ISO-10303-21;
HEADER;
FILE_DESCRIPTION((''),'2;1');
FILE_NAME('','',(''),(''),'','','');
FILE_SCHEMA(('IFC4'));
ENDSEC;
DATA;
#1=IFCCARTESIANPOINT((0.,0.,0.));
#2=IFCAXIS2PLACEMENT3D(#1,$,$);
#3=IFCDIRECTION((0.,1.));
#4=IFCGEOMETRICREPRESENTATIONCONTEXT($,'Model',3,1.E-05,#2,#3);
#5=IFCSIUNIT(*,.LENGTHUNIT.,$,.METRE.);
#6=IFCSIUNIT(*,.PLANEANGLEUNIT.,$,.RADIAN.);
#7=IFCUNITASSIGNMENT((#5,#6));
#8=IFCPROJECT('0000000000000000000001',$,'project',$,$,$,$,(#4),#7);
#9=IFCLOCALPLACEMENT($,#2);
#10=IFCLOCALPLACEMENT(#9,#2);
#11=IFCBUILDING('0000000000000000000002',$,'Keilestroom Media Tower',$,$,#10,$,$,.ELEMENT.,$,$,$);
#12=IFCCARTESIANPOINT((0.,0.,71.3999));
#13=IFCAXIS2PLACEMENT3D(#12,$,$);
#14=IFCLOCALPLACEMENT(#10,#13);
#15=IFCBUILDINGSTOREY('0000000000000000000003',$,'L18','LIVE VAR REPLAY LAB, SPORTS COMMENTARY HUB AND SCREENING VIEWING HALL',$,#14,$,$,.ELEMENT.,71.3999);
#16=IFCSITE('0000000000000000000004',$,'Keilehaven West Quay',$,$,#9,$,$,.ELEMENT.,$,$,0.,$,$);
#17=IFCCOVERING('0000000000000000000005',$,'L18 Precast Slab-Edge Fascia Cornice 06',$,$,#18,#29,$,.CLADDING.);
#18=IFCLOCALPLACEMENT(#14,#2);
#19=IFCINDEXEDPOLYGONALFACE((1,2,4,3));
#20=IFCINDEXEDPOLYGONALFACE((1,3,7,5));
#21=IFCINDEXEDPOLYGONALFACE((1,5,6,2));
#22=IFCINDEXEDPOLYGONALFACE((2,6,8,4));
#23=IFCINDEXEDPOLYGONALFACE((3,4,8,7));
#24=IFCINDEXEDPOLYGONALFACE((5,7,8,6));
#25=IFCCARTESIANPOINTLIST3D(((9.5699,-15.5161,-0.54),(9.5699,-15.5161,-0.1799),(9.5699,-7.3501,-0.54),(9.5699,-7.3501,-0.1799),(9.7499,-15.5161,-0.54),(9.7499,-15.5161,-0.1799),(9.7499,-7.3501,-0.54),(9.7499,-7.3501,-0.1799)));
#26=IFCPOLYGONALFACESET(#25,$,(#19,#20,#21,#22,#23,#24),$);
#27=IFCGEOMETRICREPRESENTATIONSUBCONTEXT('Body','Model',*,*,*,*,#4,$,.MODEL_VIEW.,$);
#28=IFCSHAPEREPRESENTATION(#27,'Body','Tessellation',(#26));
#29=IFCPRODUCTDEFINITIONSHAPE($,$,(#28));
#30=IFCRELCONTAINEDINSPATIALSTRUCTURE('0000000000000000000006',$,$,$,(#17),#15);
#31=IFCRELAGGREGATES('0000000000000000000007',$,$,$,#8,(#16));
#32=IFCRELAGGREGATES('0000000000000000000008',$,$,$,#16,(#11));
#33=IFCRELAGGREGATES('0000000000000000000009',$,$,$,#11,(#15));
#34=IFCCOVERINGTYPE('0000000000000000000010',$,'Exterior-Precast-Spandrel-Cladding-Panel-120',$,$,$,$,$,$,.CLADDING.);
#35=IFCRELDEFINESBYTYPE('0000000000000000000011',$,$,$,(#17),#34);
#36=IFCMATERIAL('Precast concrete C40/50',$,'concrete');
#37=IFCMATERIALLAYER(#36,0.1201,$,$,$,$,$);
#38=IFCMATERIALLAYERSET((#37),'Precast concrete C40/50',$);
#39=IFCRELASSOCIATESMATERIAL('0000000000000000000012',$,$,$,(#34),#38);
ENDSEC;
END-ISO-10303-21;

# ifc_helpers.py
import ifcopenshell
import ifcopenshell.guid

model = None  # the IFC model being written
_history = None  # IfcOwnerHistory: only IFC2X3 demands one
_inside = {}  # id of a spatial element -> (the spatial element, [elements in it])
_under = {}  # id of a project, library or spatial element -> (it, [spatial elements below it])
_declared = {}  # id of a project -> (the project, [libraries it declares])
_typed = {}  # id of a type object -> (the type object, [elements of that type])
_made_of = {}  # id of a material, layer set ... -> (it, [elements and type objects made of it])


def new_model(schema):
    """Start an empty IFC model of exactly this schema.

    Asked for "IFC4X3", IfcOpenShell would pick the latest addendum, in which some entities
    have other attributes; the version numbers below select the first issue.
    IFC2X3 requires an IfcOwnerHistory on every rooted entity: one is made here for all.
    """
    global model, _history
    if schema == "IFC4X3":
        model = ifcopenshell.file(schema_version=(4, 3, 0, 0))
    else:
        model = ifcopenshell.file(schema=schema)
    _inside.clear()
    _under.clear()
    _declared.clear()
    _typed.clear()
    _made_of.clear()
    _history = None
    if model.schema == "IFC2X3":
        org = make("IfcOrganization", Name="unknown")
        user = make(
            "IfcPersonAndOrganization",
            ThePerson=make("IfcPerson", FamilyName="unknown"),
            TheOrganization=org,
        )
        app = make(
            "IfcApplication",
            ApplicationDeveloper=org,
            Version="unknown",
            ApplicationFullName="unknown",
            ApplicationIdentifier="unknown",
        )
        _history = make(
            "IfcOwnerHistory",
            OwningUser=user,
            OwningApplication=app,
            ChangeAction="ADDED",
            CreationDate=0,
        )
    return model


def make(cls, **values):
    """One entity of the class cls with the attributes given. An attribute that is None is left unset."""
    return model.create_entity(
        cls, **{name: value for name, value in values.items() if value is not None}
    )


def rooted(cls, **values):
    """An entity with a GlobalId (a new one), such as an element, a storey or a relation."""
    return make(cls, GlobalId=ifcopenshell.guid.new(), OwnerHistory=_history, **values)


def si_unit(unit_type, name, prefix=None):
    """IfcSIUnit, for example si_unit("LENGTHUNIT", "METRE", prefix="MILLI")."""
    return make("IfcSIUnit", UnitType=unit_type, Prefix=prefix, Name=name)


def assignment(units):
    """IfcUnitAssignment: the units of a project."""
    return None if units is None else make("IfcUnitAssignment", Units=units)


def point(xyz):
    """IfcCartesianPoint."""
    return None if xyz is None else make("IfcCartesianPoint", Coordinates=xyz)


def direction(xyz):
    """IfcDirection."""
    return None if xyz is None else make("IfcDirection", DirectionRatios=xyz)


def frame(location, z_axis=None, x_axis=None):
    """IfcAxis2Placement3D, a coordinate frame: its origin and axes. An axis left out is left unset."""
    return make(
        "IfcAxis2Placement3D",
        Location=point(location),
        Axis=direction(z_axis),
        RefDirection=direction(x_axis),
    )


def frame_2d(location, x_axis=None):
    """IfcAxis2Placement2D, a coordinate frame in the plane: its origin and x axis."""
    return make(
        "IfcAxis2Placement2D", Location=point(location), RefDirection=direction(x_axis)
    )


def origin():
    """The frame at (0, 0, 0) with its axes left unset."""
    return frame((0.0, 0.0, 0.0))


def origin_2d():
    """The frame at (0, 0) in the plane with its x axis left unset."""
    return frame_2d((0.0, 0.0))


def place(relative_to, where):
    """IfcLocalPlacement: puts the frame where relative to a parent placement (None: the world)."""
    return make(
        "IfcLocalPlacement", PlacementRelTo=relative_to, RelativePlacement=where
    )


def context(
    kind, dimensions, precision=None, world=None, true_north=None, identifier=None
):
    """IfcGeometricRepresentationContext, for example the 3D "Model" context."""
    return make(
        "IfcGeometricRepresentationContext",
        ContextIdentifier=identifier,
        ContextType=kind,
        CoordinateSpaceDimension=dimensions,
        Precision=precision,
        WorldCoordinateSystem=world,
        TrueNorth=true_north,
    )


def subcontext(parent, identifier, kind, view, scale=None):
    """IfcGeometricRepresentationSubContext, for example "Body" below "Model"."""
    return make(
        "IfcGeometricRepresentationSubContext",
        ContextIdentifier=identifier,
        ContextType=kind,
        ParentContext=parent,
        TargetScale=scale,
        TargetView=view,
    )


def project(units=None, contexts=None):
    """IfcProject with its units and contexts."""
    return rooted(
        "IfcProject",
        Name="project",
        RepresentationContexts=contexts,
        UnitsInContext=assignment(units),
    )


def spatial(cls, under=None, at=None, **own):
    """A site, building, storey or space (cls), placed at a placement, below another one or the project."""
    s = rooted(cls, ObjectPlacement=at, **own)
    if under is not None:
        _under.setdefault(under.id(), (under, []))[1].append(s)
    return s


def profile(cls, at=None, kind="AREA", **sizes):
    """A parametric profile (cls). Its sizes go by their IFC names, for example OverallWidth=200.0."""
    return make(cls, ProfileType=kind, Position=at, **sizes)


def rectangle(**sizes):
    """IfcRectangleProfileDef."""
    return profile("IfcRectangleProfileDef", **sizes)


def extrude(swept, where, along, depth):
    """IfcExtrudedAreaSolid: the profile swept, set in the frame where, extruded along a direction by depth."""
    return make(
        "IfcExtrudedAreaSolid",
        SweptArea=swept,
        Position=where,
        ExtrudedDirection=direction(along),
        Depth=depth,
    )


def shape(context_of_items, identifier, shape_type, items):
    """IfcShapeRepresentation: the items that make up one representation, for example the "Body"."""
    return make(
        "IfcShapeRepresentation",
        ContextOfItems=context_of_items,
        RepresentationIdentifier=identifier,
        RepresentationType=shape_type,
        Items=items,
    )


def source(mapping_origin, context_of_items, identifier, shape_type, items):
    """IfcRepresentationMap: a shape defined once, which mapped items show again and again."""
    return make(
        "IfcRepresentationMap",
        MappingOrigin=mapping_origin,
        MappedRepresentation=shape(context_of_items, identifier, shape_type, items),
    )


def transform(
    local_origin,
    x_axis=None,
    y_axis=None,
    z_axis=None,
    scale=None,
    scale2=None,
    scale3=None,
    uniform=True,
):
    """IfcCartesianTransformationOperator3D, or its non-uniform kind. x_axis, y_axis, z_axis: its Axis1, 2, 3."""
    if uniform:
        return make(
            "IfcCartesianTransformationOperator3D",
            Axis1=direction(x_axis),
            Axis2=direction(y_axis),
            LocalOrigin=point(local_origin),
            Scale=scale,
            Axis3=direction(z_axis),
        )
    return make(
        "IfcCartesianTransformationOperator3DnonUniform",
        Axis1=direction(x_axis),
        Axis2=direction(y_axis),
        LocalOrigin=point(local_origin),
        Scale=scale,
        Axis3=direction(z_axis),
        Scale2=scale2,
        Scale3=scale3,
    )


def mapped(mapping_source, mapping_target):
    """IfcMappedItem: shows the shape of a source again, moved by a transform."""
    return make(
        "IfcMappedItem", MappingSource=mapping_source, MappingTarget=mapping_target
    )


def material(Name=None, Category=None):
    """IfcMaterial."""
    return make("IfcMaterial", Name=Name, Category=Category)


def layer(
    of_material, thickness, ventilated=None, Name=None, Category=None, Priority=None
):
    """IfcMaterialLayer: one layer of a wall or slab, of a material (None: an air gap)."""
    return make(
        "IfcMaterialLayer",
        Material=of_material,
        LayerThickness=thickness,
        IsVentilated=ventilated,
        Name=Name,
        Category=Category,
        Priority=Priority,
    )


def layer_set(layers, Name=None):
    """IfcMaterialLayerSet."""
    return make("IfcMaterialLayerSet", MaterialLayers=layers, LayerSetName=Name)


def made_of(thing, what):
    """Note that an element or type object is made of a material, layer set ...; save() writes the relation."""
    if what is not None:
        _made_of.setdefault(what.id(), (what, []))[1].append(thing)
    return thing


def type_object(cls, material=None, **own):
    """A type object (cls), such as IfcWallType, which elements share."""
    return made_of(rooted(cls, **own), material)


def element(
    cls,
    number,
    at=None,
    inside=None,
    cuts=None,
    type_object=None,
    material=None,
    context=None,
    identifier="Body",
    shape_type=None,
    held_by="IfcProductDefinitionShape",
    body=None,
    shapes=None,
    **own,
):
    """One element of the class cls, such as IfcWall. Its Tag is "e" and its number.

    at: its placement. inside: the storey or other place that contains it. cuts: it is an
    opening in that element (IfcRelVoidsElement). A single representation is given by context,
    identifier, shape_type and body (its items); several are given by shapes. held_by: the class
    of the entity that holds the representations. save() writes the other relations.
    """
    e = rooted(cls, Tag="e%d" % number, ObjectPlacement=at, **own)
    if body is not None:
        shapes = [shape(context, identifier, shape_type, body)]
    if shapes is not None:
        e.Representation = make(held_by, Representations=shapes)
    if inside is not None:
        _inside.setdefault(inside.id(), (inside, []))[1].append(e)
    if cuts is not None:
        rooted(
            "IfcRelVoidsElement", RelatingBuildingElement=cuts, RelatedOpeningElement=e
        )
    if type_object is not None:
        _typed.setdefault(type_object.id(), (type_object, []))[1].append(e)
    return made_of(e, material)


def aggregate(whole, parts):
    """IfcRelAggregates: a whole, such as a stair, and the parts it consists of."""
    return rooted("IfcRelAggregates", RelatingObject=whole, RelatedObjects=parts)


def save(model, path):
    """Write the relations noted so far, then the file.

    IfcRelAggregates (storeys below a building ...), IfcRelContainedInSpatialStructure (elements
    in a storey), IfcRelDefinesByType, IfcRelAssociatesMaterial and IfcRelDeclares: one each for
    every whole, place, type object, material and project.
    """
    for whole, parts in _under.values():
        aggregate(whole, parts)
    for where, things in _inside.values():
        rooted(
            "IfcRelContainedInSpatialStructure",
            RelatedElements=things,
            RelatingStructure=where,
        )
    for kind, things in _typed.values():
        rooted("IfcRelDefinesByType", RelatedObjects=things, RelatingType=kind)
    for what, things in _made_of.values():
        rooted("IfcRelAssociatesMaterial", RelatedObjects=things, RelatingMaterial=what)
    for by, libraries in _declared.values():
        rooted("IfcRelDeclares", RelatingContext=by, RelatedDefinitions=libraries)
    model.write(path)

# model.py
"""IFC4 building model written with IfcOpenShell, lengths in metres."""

from ifc_helpers import new_model, si_unit, direction, frame, origin, origin_2d, place, context, subcontext, project, spatial, rectangle, extrude, source, transform, mapped, material, layer, layer_set, type_object, element, save


model = new_model("IFC4")

# Units and contexts
model_context = context("Model", 3, precision=1e-05, world=origin(), true_north=direction((0.0, 1.0)))
body_context = subcontext(model_context, "Body", "Model", "MODEL_VIEW")
ifc_project = project(units=[si_unit("LENGTHUNIT", "METRE"), si_unit("PLANEANGLEUNIT", "RADIAN")], contexts=[model_context])

# Site, building, storey
site_placement = place(None, origin())
site = spatial("IfcSite", under=ifc_project, at=site_placement, Name="Keilehaven West Quay", CompositionType="ELEMENT", RefElevation=0.0)
building_placement = place(site_placement, origin())
building = spatial("IfcBuilding", under=site, at=building_placement, Name="Keilestroom Media Tower", CompositionType="ELEMENT")
storey_placement = place(building_placement, frame((0.0, 0.0, 71.3999)))
storey = spatial("IfcBuildingStorey", under=building, at=storey_placement, Name="L18", Description="LIVE VAR REPLAY LAB, SPORTS COMMENTARY HUB AND SCREENING VIEWING HALL", CompositionType="ELEMENT", Elevation=71.3999)

# Shared definitions
ifc_material_1 = material(Name="Precast concrete C40/50", Category="concrete")

# Covering
ifc_layer_1 = layer(ifc_material_1, 0.1201)
ifc_layer_set_1 = layer_set([ifc_layer_1], Name="Precast concrete C40/50")
covering_type = type_object("IfcCoveringType", Name="Exterior-Precast-Spandrel-Cladding-Panel-120", PredefinedType="CLADDING", material=ifc_layer_set_1)
shared_shape_1 = source(origin(), body_context, "Body", "SweptSolid", [
    extrude(rectangle(XDim=8.166, YDim=0.1799, at=origin_2d()), origin(), (0.0, 0.0, 1.0), 0.3601),
])
covering_placement = place(storey_placement, frame((9.6599, -11.4331, -0.54), z_axis=(0.0, 0.0, 1.0), x_axis=(0.0, -1.0, 0.0)))
element("IfcCovering", 1, at=covering_placement, inside=storey, type_object=covering_type, Name="L18 Precast Slab-Edge Fascia Cornice 06", PredefinedType="CLADDING", context=body_context, shape_type="MappedRepresentation", body=[
    mapped(shared_shape_1, transform((0.0, 0.0, 0.0), x_axis=(1.0, 0.0, 0.0), y_axis=(0.0, 1.0, 0.0), z_axis=(0.0, 0.0, 1.0), scale=1.0)),
])

save(model, "model.ifc")
